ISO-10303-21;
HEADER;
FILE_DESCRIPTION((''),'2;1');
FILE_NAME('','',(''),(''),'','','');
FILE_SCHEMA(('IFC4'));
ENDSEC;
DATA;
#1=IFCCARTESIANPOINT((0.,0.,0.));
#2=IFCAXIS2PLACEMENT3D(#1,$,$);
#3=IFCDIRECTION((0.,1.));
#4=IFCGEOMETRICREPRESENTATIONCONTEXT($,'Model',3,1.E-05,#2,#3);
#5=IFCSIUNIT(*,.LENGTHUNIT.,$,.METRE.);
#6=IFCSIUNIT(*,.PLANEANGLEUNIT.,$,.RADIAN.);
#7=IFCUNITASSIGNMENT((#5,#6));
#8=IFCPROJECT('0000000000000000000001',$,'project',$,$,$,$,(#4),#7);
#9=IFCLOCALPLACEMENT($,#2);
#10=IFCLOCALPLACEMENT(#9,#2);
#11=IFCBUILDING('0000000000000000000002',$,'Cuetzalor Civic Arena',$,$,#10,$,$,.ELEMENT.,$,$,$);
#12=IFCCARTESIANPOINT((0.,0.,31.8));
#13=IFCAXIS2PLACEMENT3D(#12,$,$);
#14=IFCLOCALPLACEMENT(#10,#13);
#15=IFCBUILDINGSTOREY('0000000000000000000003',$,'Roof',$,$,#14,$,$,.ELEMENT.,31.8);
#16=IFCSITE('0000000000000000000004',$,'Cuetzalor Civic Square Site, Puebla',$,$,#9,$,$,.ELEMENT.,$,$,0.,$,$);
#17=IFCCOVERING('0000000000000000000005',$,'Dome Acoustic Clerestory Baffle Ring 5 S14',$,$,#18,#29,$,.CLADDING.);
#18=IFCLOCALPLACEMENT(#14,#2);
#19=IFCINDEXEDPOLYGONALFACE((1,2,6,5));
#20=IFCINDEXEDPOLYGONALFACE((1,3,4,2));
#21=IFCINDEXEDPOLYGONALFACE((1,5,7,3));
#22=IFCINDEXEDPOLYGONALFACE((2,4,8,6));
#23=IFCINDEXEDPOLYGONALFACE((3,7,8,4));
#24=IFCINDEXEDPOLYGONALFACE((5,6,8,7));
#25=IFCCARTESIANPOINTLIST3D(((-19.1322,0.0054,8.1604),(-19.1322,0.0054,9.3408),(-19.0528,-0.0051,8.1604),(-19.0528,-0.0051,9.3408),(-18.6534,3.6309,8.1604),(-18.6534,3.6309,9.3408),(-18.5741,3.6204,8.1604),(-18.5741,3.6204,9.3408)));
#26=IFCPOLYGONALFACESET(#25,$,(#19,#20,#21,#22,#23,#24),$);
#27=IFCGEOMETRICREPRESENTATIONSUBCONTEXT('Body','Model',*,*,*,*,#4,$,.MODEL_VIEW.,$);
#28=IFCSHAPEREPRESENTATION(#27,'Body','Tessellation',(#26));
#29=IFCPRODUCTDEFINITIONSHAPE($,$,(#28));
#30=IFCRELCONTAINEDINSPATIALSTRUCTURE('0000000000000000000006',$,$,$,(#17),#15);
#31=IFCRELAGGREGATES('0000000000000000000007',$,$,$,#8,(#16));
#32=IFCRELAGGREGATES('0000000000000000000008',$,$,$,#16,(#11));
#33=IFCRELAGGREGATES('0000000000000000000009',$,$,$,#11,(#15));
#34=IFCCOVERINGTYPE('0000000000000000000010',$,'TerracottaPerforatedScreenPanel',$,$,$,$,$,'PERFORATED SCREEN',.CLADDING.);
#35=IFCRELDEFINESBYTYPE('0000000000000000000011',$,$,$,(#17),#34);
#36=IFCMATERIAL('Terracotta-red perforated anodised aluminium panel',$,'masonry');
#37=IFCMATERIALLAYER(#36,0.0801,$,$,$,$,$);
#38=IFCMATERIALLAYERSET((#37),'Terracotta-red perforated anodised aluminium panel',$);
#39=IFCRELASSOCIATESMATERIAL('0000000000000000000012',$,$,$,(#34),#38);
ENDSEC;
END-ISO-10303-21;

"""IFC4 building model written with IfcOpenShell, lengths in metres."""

from ifc_helpers import new_model, si_unit, direction, frame, frame_2d, origin, place, context, subcontext, project, spatial, rectangle, extrude, material, layer, layer_set, type_object, element, save


model = new_model("IFC4")

# Units and contexts
model_context = context("Model", 3, precision=1e-05, world=origin(), true_north=direction((0.0, 1.0)))
body_context = subcontext(model_context, "Body", "Model", "MODEL_VIEW")
ifc_project = project(units=[si_unit("LENGTHUNIT", "METRE"), si_unit("PLANEANGLEUNIT", "RADIAN")], contexts=[model_context])

# Site, building, storey
site_placement = place(None, origin())
site = spatial("IfcSite", under=ifc_project, at=site_placement, Name="Cuetzalor Civic Square Site, Puebla", CompositionType="ELEMENT", RefElevation=0.0)
building_placement = place(site_placement, origin())
building = spatial("IfcBuilding", under=site, at=building_placement, Name="Cuetzalor Civic Arena", CompositionType="ELEMENT")
storey_placement = place(building_placement, frame((0.0, 0.0, 31.8)))
storey = spatial("IfcBuildingStorey", under=building, at=storey_placement, Name="Roof", CompositionType="ELEMENT", Elevation=31.8)

# Covering
ifc_material_1 = material(Name="Terracotta-red perforated anodised aluminium panel", Category="masonry")
ifc_layer_1 = layer(ifc_material_1, 0.0801)
ifc_layer_set_1 = layer_set([ifc_layer_1], Name="Terracotta-red perforated anodised aluminium panel")
covering_type = type_object("IfcCoveringType", Name="TerracottaPerforatedScreenPanel", ElementType="PERFORATED SCREEN", PredefinedType="CLADDING", material=ifc_layer_set_1)
covering_1_placement = place(storey_placement, frame((-19.0925, 0.0, 8.1604), z_axis=(0.0, 0.0, 1.0), x_axis=(0.130917, 0.991393, 0.0)))
element("IfcCovering", 1, at=covering_1_placement, inside=storey, type_object=covering_type, Name="Dome Acoustic Clerestory Baffle Ring 5 S14", PredefinedType="CLADDING", context=body_context, shape_type="SweptSolid", body=[
    extrude(rectangle(XDim=3.657, YDim=0.0801, at=frame_2d((1.8286, 0.0))), origin(), (0.0, 0.0, 1.0), 1.1804),
])

save(model, "model.ifc")
